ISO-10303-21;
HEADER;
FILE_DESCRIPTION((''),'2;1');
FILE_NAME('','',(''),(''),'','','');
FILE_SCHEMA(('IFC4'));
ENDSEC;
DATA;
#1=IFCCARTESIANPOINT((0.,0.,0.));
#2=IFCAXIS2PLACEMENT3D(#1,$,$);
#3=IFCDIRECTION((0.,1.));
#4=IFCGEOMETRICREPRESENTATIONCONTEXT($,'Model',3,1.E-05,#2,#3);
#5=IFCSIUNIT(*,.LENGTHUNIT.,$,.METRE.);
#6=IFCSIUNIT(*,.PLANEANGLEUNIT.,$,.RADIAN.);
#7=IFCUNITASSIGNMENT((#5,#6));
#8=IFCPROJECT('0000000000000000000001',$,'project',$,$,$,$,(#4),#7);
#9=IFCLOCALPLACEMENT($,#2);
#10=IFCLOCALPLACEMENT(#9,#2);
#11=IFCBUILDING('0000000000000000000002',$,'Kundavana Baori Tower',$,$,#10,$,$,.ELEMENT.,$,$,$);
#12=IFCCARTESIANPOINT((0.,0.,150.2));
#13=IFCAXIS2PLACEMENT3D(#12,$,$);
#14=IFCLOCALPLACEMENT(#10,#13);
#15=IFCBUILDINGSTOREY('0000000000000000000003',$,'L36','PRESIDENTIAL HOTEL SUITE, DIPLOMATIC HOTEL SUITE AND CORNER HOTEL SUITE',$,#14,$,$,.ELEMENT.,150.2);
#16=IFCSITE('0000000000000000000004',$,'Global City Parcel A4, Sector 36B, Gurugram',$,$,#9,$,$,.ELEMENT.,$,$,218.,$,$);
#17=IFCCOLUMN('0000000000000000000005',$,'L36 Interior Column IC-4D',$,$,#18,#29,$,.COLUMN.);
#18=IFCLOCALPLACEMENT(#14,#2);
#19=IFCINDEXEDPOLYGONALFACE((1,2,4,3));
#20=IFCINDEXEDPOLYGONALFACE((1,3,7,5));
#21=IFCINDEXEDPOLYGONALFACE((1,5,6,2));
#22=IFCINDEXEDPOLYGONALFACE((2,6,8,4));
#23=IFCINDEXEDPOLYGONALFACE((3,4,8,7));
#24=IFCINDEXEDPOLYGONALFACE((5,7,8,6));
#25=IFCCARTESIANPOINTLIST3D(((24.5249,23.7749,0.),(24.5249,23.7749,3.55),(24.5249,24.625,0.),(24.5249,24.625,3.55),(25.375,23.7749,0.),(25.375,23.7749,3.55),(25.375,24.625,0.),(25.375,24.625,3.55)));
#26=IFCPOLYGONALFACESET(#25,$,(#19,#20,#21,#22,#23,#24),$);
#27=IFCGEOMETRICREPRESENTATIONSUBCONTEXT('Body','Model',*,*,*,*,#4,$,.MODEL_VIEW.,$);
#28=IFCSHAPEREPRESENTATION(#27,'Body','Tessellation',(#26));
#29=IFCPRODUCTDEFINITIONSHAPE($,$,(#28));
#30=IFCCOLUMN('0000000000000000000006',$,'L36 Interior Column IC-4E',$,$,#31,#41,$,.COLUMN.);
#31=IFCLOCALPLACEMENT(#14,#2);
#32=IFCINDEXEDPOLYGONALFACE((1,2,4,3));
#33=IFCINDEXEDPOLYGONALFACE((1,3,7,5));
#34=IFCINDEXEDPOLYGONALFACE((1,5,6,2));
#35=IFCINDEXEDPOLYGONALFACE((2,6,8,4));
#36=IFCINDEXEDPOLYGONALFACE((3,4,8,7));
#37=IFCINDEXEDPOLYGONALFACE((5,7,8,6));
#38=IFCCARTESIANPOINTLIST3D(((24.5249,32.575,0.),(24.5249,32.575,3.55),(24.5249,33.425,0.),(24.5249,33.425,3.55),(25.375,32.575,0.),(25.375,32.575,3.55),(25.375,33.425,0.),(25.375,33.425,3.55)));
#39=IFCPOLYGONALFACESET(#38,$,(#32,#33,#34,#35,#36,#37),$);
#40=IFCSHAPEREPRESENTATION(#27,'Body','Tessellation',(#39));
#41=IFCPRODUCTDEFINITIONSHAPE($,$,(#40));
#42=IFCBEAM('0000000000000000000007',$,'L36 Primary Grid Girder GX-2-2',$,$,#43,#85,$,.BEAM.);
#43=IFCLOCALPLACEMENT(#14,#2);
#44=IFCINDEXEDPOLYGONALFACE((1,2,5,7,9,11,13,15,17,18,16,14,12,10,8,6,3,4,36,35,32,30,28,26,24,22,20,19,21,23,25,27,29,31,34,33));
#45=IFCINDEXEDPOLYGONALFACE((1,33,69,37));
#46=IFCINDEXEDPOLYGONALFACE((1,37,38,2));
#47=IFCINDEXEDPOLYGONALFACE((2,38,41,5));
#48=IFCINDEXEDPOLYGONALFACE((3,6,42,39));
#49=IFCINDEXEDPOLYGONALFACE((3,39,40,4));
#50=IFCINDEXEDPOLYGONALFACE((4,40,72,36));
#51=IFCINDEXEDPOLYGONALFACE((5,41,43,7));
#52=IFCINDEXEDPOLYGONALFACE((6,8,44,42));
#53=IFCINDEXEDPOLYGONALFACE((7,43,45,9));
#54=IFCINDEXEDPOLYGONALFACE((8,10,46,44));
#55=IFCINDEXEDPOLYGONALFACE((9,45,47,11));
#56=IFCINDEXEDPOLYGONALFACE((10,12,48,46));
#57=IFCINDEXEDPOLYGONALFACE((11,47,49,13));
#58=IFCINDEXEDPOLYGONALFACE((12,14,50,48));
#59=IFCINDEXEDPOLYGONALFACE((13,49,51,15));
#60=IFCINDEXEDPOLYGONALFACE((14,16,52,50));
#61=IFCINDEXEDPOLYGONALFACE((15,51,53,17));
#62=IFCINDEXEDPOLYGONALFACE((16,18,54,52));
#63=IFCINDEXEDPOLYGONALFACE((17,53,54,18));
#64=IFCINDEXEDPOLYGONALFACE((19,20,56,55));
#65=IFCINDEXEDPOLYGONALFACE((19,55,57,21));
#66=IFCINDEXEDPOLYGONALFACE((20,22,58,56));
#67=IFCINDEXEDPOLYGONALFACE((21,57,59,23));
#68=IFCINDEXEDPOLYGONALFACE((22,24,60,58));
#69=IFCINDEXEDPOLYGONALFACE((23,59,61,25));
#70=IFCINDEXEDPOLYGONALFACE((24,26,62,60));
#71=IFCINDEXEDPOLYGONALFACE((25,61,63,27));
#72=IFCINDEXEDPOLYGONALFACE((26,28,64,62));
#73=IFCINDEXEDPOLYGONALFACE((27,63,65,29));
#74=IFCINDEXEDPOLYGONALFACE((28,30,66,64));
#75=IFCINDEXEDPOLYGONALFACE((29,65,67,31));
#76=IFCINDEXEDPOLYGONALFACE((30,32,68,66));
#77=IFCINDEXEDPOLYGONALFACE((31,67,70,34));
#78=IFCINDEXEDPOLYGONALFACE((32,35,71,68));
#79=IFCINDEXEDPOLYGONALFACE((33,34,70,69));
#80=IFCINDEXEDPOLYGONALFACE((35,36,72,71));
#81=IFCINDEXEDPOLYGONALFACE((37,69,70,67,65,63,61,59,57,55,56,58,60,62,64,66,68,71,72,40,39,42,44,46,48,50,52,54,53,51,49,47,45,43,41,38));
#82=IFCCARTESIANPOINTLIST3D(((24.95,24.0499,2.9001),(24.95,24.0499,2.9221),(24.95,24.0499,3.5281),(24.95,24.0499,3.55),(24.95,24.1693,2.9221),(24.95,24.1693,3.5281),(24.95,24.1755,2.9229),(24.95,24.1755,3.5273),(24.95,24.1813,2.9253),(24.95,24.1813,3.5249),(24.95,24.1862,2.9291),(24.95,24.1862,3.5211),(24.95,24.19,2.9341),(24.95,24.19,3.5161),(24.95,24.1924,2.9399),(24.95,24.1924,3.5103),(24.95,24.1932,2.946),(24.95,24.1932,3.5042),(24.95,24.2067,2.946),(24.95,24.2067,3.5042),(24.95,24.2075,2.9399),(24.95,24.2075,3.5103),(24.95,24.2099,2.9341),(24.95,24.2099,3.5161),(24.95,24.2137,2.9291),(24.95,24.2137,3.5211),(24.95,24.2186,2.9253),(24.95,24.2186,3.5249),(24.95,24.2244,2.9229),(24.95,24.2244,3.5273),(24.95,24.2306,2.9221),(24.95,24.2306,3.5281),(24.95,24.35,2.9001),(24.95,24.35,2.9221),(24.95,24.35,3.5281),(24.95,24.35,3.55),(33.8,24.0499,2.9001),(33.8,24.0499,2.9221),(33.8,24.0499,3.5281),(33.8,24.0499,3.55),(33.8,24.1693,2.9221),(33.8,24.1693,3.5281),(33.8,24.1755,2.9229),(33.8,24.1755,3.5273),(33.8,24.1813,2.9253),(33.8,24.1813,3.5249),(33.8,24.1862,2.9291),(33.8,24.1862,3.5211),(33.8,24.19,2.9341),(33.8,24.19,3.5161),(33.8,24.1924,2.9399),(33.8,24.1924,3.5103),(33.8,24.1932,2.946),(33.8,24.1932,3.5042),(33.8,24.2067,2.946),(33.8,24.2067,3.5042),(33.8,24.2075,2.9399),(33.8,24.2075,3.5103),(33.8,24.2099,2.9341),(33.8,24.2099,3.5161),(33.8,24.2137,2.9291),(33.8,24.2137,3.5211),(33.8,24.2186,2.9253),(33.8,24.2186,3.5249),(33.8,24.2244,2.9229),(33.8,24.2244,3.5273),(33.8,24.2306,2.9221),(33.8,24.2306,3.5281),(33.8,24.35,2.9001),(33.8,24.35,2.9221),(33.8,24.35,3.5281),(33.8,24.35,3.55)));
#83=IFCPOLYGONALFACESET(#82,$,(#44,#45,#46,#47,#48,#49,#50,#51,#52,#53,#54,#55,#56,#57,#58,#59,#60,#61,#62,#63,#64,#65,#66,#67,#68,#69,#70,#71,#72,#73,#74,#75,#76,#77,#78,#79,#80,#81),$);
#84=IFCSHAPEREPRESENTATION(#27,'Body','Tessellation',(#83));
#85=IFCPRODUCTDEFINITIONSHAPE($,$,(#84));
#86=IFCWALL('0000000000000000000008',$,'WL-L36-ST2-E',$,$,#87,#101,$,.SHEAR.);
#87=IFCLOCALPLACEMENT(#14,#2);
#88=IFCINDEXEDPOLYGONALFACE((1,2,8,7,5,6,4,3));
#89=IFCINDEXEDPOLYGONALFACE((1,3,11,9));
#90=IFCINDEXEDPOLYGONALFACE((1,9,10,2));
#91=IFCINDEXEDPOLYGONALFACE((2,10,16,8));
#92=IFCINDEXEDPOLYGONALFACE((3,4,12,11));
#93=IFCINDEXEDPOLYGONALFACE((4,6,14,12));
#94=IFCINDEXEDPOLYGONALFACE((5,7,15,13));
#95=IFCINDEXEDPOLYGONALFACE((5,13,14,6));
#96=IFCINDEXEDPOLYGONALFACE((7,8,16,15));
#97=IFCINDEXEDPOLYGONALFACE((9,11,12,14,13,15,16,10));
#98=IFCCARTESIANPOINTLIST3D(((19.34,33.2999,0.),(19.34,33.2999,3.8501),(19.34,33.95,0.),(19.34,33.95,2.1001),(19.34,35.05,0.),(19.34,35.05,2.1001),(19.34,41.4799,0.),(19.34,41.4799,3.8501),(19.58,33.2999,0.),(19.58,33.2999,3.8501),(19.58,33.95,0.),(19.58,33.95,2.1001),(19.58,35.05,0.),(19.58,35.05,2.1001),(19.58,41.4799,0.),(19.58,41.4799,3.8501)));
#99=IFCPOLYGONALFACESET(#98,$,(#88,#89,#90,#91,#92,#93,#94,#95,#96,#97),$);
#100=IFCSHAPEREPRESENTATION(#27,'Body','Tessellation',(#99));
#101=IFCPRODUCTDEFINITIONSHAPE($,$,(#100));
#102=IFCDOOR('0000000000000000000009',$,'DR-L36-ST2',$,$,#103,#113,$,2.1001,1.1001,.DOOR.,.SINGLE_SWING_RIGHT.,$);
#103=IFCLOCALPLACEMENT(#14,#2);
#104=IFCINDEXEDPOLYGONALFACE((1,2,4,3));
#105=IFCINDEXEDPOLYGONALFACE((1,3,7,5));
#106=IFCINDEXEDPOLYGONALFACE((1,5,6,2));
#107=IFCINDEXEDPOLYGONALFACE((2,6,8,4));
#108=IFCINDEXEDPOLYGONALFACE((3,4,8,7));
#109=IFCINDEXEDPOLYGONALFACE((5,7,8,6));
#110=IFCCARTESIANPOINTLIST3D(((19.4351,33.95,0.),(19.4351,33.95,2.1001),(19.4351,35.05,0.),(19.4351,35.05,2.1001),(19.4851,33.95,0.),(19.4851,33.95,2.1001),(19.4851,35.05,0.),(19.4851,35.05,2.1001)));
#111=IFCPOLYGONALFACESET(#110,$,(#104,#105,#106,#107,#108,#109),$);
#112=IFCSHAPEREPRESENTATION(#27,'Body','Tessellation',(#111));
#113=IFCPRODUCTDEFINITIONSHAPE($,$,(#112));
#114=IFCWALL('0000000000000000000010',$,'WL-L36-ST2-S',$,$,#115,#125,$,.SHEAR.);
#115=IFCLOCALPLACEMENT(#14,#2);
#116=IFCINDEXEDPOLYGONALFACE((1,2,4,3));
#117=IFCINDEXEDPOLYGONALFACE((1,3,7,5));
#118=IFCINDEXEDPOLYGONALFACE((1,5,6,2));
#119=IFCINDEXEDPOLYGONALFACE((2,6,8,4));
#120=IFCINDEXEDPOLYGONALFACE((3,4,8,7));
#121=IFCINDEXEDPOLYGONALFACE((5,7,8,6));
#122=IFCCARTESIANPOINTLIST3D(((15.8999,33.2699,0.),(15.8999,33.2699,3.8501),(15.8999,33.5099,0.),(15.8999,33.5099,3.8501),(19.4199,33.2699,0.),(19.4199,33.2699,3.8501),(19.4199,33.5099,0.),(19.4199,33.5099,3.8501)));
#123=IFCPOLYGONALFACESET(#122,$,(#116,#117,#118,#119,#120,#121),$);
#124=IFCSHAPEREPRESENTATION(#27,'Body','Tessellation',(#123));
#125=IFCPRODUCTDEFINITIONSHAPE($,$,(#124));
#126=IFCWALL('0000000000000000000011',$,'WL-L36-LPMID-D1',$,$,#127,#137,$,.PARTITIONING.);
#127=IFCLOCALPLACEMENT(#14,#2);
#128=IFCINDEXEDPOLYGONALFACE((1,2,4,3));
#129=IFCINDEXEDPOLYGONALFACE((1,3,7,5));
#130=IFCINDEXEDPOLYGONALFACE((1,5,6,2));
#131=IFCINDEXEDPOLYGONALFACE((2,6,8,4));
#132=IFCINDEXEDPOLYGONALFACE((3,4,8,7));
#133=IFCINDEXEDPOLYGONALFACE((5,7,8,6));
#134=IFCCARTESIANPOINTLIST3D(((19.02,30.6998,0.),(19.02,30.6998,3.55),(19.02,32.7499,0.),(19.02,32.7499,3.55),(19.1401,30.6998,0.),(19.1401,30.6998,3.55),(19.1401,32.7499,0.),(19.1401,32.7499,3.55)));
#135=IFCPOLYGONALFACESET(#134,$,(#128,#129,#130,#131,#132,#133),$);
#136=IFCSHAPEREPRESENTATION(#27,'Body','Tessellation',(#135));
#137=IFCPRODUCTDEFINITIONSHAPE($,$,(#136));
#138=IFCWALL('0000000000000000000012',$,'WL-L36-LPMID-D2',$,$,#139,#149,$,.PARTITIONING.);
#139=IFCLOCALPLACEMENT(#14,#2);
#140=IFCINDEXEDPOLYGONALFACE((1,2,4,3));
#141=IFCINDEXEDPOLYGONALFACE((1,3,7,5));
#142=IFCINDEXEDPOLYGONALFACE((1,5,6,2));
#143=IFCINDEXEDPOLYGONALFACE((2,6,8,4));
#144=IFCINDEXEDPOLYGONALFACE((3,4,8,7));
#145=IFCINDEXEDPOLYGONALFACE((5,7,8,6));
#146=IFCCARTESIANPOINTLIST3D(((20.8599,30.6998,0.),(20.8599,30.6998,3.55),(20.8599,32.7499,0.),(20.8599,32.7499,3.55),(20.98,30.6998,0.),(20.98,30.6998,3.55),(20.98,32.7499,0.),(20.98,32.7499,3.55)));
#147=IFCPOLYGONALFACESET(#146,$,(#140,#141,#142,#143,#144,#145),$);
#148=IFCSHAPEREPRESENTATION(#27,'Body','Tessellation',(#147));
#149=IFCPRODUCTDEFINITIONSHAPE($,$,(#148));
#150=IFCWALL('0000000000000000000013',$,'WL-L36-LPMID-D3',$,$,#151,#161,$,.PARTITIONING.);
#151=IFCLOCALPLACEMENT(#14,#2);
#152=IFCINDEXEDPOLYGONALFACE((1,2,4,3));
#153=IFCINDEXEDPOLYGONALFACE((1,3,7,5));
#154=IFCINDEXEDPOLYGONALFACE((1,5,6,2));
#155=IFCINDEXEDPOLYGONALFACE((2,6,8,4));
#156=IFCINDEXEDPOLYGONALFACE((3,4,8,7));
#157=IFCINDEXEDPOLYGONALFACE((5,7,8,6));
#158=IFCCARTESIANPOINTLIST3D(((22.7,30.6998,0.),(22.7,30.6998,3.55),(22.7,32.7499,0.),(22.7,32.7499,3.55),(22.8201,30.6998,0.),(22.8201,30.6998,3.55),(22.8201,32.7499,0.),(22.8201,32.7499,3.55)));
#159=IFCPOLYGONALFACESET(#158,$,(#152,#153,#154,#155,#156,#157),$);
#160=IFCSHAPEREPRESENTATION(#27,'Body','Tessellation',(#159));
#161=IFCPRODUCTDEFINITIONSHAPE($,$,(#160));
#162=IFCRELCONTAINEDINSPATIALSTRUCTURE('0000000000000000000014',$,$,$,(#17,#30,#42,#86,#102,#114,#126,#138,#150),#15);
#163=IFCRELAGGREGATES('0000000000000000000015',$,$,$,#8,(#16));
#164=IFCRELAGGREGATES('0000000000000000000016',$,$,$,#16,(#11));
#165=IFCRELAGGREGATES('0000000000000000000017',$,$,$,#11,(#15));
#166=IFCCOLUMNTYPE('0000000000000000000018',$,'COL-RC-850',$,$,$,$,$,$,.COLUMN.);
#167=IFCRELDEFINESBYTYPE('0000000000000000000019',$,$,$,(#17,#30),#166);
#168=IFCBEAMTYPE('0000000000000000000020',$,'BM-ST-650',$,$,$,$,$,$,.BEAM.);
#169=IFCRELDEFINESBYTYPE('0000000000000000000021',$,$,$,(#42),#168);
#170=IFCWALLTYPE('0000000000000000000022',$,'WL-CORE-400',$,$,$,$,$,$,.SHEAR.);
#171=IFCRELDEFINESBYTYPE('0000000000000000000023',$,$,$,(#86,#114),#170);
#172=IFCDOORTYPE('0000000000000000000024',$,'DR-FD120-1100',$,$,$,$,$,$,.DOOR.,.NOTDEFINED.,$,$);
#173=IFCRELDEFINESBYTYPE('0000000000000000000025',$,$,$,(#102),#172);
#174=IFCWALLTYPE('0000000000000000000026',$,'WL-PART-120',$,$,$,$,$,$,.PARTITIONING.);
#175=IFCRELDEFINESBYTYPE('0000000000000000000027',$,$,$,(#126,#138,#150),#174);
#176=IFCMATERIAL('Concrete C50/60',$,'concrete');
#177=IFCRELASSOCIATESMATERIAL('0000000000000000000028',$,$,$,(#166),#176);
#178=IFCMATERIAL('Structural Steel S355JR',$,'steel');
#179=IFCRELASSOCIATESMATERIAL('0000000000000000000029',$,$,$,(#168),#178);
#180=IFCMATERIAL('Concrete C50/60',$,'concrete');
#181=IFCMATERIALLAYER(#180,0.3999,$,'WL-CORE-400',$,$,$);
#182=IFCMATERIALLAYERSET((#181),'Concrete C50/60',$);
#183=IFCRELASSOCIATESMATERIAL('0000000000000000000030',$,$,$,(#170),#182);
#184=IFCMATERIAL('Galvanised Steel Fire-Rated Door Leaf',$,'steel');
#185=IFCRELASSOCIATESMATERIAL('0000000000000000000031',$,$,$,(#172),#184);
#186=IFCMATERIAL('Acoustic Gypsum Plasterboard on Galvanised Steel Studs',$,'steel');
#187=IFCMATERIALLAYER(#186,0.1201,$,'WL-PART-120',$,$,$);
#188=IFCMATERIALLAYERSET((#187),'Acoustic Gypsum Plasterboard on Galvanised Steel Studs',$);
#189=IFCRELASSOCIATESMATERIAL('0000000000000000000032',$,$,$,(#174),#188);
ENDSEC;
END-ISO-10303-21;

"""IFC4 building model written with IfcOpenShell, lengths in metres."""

from ifc_helpers import new_model, si_unit, direction, frame, frame_2d, origin, origin_2d, place, context, subcontext, project, spatial, rectangle, i_section, extrude, material, layer, layer_set, material_profile, profile_set, type_object, element, fill, save


model = new_model("IFC4")

# Units and contexts
model_context = context("Model", 3, precision=1e-05, world=origin(), true_north=direction((0.0, 1.0)))
body_context = subcontext(model_context, "Body", "Model", "MODEL_VIEW")
ifc_project = project(units=[si_unit("LENGTHUNIT", "METRE"), si_unit("PLANEANGLEUNIT", "RADIAN")], contexts=[model_context])

# Site, building, storey
site_placement = place(None, origin())
site = spatial("IfcSite", under=ifc_project, at=site_placement, Name="Global City Parcel A4, Sector 36B, Gurugram", CompositionType="ELEMENT", RefElevation=218.0)
building_placement = place(site_placement, origin())
building = spatial("IfcBuilding", under=site, at=building_placement, Name="Kundavana Baori Tower", CompositionType="ELEMENT")
storey_placement = place(building_placement, frame((0.0, 0.0, 150.2)))
storey = spatial("IfcBuildingStorey", under=building, at=storey_placement, Name="L36", Description="PRESIDENTIAL HOTEL SUITE, DIPLOMATIC HOTEL SUITE AND CORNER HOTEL SUITE", CompositionType="ELEMENT", Elevation=150.2)

# Columns
ifc_material_1 = material(Name="Concrete C50/60", Category="concrete")
ifc_material_profile_1 = material_profile(ifc_material_1, rectangle(XDim=0.8501, YDim=0.8501, at=origin_2d()), Name="RC 850x850")
ifc_profile_set_1 = profile_set([ifc_material_profile_1], Name="Concrete C50/60")
column_type = type_object("IfcColumnType", Name="COL-RC-850", PredefinedType="COLUMN", material=ifc_profile_set_1)
for number, where, z_axis, x_axis, name in (
    (1, (24.95, 24.2, 0.0), (0.0, 0.0, 1.0), (1.0, 0.0, 0.0), "L36 Interior Column IC-4D"),
    (2, (24.95, 33.0, 0.0), (0.0, 0.0, 1.0), (1.0, 0.0, 0.0), "L36 Interior Column IC-4E"),
):
    element("IfcColumn", number, at=place(storey_placement, frame(where, z_axis=z_axis, x_axis=x_axis)), inside=storey, type_object=column_type, Name=name, PredefinedType="COLUMN", context=body_context, shape_type="SweptSolid", body=[
        extrude(rectangle(XDim=0.8501, YDim=0.8501, at=origin_2d()), origin(), (0.0, 0.0, 1.0), 3.55),
    ])

# Beam
ifc_material_2 = material(Name="Structural Steel S355JR", Category="steel")
ifc_material_profile_2 = material_profile(ifc_material_2, i_section(OverallWidth=0.3, OverallDepth=0.6499, WebThickness=0.0134, FlangeThickness=0.022, FilletRadius=0.0239, at=origin_2d()), Name="NPB 650x300x155")
ifc_profile_set_2 = profile_set([ifc_material_profile_2], Name="Structural Steel S355JR")
beam_type = type_object("IfcBeamType", Name="BM-ST-650", PredefinedType="BEAM", material=ifc_profile_set_2)
beam_placement = place(storey_placement, frame((24.95, 24.2, 3.2251), z_axis=(1.0, 0.0, 0.0), x_axis=(0.0, 1.0, 0.0)))
element("IfcBeam", 3, at=beam_placement, inside=storey, type_object=beam_type, Name="L36 Primary Grid Girder GX-2-2", PredefinedType="BEAM", context=body_context, shape_type="SweptSolid", body=[
    extrude(i_section(OverallWidth=0.3, OverallDepth=0.6499, WebThickness=0.0134, FlangeThickness=0.022, FilletRadius=0.0239, at=origin_2d()), origin(), (0.0, 0.0, 1.0), 8.8501),
])

# Wall, opening, door
ifc_material_3 = material(Name="Concrete C50/60", Category="concrete")
ifc_layer_1 = layer(ifc_material_3, 0.3999, Name="WL-CORE-400")
ifc_layer_set_1 = layer_set([ifc_layer_1], Name="Concrete C50/60")
wall_type_1 = type_object("IfcWallType", Name="WL-CORE-400", PredefinedType="SHEAR", material=ifc_layer_set_1)
wall_1_placement = place(storey_placement, frame((19.46, 33.3, 0.0), z_axis=(0.0, 0.0, 1.0), x_axis=(0.0, 1.0, 0.0)))
wall_1 = element("IfcWall", 4, at=wall_1_placement, inside=storey, type_object=wall_type_1, Name="WL-L36-ST2-E", PredefinedType="SHEAR", context=body_context, shape_type="SweptSolid", body=[
    extrude(rectangle(XDim=8.1799, YDim=0.24, at=frame_2d((4.0898, 0.0))), origin(), (0.0, 0.0, 1.0), 3.8501),
])
opening_1_placement = place(wall_1_placement, frame((0.6499, 0.0, 0.0)))
opening_1 = element("IfcOpeningElement", 5, at=opening_1_placement, cuts=wall_1, PredefinedType="OPENING", context=body_context, shape_type="SweptSolid", body=[
    extrude(rectangle(XDim=1.1001, YDim=2.1001, at=frame_2d((0.55, 1.05))), frame((0.0, 0.1299, 0.0), z_axis=(0.0, -1.0, 0.0), x_axis=(1.0, 0.0, 0.0)), (0.0, 0.0, 1.0), 0.26),
])
ifc_material_4 = material(Name="Galvanised Steel Fire-Rated Door Leaf", Category="steel")
door_type_1 = type_object("IfcDoorType", Name="DR-FD120-1100", OperationType="NOTDEFINED", PredefinedType="DOOR", material=ifc_material_4)
door_1_placement = place(opening_1_placement, origin())
door_1 = element("IfcDoor", 6, at=door_1_placement, inside=storey, type_object=door_type_1, Name="DR-L36-ST2", OperationType="SINGLE_SWING_RIGHT", OverallHeight=2.1001, OverallWidth=1.1001, PredefinedType="DOOR", context=body_context, shape_type="SweptSolid", body=[
    extrude(rectangle(XDim=1.1001, YDim=2.1001, at=frame_2d((0.55, 1.05))), frame((0.0, 0.0249, 0.0), z_axis=(0.0, -1.0, 0.0), x_axis=(1.0, 0.0, 0.0)), (0.0, 0.0, 1.0), 0.05),
])
fill(opening_1, door_1)

# Walls
wall_2_placement = place(storey_placement, frame((15.8999, 33.3899, 0.0), z_axis=(0.0, 0.0, 1.0), x_axis=(1.0, 0.0, 0.0)))
element("IfcWall", 7, at=wall_2_placement, inside=storey, type_object=wall_type_1, Name="WL-L36-ST2-S", PredefinedType="SHEAR", context=body_context, shape_type="SweptSolid", body=[
    extrude(rectangle(XDim=3.52, YDim=0.24, at=frame_2d((1.76, 0.0))), origin(), (0.0, 0.0, 1.0), 3.8501),
])
ifc_material_5 = material(Name="Acoustic Gypsum Plasterboard on Galvanised Steel Studs", Category="steel")
ifc_layer_2 = layer(ifc_material_5, 0.1201, Name="WL-PART-120")
ifc_layer_set_2 = layer_set([ifc_layer_2], Name="Acoustic Gypsum Plasterboard on Galvanised Steel Studs")
wall_type_2 = type_object("IfcWallType", Name="WL-PART-120", PredefinedType="PARTITIONING", material=ifc_layer_set_2)
for number, where, z_axis, x_axis, name in (
    (8, (19.0801, 30.7, 0.0), (0.0, 0.0, 1.0), (0.0, 1.0, 0.0), "WL-L36-LPMID-D1"),
    (9, (20.9199, 30.7, 0.0), (0.0, 0.0, 1.0), (0.0, 1.0, 0.0), "WL-L36-LPMID-D2"),
    (10, (22.76, 30.7, 0.0), (0.0, 0.0, 1.0), (0.0, 1.0, 0.0), "WL-L36-LPMID-D3"),
):
    element("IfcWall", number, at=place(storey_placement, frame(where, z_axis=z_axis, x_axis=x_axis)), inside=storey, type_object=wall_type_2, Name=name, PredefinedType="PARTITIONING", context=body_context, shape_type="SweptSolid", body=[
        extrude(rectangle(XDim=2.05, YDim=0.1201, at=frame_2d((1.0249, 0.0))), origin(), (0.0, 0.0, 1.0), 3.55),
    ])

save(model, "model.ifc")
